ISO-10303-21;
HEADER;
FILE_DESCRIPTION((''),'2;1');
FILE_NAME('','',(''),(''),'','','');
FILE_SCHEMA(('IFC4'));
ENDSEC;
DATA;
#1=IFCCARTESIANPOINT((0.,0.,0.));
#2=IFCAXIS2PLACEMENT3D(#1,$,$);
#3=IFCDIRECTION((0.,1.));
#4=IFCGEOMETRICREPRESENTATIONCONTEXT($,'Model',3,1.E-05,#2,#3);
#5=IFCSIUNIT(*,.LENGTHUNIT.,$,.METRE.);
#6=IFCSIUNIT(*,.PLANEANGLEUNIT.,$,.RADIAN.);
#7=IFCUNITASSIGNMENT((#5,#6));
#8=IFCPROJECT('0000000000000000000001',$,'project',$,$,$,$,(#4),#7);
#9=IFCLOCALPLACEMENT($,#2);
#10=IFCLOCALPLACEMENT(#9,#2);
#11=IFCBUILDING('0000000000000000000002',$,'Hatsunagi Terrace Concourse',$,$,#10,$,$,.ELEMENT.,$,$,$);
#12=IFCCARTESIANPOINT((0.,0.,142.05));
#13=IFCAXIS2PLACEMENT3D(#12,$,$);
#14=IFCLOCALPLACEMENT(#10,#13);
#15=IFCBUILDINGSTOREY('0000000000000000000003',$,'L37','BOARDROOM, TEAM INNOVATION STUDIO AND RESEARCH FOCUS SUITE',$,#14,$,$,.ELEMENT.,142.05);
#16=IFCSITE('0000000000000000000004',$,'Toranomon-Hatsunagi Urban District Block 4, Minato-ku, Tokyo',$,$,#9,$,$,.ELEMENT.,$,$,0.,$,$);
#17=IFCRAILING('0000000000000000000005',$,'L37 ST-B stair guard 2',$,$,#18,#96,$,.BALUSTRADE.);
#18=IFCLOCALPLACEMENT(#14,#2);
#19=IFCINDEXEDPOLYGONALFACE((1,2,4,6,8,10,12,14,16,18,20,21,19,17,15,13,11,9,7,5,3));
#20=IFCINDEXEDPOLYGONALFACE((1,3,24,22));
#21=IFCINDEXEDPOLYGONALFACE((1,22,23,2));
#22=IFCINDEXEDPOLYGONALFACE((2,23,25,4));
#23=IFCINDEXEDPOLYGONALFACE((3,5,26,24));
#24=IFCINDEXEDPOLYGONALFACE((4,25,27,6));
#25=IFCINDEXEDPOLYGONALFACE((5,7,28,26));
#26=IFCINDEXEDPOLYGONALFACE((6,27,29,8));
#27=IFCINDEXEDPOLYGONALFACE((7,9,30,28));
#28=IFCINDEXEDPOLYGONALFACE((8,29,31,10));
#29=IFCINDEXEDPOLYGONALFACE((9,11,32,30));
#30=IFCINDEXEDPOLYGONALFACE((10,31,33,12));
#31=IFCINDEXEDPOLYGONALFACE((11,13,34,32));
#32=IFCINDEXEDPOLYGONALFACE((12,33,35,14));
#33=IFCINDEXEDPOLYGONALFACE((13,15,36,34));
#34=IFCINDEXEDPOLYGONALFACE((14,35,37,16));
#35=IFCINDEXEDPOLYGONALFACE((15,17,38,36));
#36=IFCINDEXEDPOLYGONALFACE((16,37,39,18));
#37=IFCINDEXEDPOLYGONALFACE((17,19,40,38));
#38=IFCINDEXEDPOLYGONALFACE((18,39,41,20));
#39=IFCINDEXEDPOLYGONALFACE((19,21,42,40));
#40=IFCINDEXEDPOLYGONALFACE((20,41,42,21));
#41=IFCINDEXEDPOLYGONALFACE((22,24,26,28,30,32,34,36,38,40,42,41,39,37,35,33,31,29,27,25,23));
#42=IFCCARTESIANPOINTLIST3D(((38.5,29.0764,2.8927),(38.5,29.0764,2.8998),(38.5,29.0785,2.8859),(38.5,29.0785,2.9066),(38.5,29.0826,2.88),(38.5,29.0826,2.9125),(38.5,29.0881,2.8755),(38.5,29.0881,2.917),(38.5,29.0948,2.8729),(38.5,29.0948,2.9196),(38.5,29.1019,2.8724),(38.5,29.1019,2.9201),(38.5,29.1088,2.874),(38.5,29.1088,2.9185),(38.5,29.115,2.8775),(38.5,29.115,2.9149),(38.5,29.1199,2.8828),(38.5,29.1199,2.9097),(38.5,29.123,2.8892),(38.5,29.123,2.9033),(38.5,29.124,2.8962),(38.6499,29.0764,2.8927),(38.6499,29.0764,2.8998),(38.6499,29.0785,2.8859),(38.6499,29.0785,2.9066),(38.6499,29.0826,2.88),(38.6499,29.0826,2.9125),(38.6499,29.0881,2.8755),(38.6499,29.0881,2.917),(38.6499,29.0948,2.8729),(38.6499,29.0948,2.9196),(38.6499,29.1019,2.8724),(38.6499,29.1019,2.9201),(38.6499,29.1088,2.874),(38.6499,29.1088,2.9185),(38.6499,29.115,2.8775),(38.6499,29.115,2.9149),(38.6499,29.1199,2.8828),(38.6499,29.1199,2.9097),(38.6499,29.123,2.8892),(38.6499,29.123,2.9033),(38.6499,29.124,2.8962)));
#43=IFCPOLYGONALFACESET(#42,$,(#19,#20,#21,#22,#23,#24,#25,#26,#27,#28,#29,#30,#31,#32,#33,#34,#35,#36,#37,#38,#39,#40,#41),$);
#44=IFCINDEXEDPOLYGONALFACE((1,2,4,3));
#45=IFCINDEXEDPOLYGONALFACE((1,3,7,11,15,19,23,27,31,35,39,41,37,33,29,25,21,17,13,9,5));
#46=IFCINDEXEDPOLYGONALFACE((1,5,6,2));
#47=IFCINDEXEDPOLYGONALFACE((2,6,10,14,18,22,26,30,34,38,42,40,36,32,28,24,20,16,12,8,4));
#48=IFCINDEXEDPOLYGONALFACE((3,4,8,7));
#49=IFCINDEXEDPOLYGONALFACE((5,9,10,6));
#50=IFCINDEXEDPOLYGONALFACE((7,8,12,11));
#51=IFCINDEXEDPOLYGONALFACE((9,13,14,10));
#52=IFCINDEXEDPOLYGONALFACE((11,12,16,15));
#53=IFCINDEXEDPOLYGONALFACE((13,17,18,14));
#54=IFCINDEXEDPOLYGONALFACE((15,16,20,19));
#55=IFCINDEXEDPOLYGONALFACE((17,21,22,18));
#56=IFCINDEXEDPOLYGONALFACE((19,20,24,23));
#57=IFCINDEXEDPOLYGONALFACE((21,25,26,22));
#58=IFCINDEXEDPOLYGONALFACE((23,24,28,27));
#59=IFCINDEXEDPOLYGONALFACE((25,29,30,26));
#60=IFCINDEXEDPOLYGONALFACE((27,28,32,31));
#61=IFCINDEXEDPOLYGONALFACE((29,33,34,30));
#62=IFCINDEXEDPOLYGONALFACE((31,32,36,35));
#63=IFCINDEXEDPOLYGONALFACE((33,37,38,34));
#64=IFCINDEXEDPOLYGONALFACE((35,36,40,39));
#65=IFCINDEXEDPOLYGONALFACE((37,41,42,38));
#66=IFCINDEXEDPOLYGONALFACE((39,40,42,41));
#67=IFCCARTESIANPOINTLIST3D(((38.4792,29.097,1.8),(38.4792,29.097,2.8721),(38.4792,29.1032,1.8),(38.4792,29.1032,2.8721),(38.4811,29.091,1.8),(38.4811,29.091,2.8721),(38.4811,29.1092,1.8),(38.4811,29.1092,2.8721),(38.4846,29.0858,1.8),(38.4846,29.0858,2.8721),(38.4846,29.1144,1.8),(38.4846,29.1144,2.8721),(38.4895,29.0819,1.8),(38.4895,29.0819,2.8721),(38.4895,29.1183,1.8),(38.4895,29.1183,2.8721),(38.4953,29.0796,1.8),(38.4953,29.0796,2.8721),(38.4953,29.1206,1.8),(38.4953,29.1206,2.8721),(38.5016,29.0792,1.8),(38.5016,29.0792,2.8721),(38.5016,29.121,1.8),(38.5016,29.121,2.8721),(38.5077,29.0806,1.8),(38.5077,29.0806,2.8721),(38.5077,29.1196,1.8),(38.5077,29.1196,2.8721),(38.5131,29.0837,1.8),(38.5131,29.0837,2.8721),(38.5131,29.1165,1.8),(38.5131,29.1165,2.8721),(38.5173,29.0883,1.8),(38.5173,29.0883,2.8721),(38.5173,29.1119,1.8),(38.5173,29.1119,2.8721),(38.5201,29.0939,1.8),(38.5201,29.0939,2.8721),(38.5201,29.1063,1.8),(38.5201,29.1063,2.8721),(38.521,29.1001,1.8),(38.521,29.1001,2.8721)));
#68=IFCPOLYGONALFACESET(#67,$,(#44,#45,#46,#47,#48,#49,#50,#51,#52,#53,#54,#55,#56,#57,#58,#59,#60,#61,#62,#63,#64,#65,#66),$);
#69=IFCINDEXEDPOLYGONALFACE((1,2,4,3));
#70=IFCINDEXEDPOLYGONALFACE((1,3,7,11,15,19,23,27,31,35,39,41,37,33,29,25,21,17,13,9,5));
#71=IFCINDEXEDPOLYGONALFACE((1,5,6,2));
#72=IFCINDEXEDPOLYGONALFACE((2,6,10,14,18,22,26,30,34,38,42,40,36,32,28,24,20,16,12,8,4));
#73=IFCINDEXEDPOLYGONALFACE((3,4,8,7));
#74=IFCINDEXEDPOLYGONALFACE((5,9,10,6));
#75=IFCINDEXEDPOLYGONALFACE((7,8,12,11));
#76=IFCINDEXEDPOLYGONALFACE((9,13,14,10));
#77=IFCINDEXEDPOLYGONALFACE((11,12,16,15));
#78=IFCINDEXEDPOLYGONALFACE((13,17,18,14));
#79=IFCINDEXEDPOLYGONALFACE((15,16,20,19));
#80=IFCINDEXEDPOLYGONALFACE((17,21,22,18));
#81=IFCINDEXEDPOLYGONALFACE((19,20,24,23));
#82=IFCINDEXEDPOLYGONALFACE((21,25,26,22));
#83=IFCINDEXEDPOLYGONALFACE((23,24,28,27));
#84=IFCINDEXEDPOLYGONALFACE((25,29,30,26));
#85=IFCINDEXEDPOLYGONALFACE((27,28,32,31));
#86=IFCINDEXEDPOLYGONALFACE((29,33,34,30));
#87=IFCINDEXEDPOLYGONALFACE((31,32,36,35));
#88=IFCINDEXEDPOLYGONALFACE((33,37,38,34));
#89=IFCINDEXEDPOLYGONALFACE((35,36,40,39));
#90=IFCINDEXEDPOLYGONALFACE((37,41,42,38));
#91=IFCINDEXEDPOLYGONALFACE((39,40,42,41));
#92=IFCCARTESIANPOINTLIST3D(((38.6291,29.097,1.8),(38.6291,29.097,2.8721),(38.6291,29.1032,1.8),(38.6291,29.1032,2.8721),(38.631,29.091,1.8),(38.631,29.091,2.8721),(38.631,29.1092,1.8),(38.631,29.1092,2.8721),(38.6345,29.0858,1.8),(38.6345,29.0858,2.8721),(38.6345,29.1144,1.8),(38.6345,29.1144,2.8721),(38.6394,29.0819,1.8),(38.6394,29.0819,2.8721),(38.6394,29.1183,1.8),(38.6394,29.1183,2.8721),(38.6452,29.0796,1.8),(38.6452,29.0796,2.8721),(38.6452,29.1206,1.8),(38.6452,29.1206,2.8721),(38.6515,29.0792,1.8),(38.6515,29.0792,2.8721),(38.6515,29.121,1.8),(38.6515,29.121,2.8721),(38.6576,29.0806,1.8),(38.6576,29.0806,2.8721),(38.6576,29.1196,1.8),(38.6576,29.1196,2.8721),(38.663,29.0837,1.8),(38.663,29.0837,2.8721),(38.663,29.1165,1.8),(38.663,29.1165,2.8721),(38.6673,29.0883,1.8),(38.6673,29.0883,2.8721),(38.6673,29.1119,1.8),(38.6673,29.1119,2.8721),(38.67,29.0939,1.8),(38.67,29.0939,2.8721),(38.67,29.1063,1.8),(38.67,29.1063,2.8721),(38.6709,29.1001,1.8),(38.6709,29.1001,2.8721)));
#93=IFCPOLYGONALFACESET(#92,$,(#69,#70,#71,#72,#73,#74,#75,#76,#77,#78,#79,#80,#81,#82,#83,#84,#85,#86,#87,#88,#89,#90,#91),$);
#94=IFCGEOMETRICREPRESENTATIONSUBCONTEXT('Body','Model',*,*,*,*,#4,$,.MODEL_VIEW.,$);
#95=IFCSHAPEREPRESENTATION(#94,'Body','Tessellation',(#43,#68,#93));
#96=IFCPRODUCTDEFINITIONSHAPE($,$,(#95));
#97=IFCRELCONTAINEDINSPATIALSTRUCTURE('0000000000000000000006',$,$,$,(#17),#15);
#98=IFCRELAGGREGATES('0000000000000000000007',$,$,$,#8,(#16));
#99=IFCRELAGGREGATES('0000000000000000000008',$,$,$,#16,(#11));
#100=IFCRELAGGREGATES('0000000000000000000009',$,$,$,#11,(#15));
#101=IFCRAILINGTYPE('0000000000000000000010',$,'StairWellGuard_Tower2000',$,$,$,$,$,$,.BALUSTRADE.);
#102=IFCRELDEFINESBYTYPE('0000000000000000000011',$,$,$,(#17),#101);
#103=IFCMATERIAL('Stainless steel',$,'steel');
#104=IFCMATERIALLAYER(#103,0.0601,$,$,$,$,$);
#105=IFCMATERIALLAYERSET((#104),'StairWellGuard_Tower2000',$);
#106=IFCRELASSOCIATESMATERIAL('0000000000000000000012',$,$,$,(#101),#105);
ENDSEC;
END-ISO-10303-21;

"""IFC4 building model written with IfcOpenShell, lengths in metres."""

from ifc_helpers import new_model, si_unit, direction, frame, origin, origin_2d, place, context, subcontext, project, spatial, circle, extrude, material, layer, layer_set, type_object, element, save


model = new_model("IFC4")

# Units and contexts
model_context = context("Model", 3, precision=1e-05, world=origin(), true_north=direction((0.0, 1.0)))
body_context = subcontext(model_context, "Body", "Model", "MODEL_VIEW")
ifc_project = project(units=[si_unit("LENGTHUNIT", "METRE"), si_unit("PLANEANGLEUNIT", "RADIAN")], contexts=[model_context])

# Site, building, storey
site_placement = place(None, origin())
site = spatial("IfcSite", under=ifc_project, at=site_placement, Name="Toranomon-Hatsunagi Urban District Block 4, Minato-ku, Tokyo", CompositionType="ELEMENT", RefElevation=0.0)
building_placement = place(site_placement, origin())
building = spatial("IfcBuilding", under=site, at=building_placement, Name="Hatsunagi Terrace Concourse", CompositionType="ELEMENT")
storey_placement = place(building_placement, frame((0.0, 0.0, 142.05)))
storey = spatial("IfcBuildingStorey", under=building, at=storey_placement, Name="L37", Description="BOARDROOM, TEAM INNOVATION STUDIO AND RESEARCH FOCUS SUITE", CompositionType="ELEMENT", Elevation=142.05)

# Railing
ifc_material_1 = material(Name="Stainless steel", Category="steel")
ifc_layer_1 = layer(ifc_material_1, 0.0601)
ifc_layer_set_1 = layer_set([ifc_layer_1], Name="StairWellGuard_Tower2000")
railing_type = type_object("IfcRailingType", Name="StairWellGuard_Tower2000", PredefinedType="BALUSTRADE", material=ifc_layer_set_1)
railing_placement = place(storey_placement, frame((38.5, 29.1001, 1.8)))
element("IfcRailing", 1, at=railing_placement, inside=storey, type_object=railing_type, Name="L37 ST-B stair guard 2", PredefinedType="BALUSTRADE", context=body_context, shape_type="SweptSolid", body=[
    extrude(circle(Radius=0.0239, at=origin_2d()), frame((0.0, 0.0, 1.0962), z_axis=(1.0, 0.0, 0.0), x_axis=(0.0, 1.0, 0.0)), (0.0, 0.0, 1.0), 0.1499),
    extrude(circle(Radius=0.021, at=origin_2d()), origin(), (0.0, 0.0, 1.0), 1.072),
    extrude(circle(Radius=0.021, at=origin_2d()), frame((0.1499, 0.0, 0.0)), (0.0, 0.0, 1.0), 1.072),
])

save(model, "model.ifc")
